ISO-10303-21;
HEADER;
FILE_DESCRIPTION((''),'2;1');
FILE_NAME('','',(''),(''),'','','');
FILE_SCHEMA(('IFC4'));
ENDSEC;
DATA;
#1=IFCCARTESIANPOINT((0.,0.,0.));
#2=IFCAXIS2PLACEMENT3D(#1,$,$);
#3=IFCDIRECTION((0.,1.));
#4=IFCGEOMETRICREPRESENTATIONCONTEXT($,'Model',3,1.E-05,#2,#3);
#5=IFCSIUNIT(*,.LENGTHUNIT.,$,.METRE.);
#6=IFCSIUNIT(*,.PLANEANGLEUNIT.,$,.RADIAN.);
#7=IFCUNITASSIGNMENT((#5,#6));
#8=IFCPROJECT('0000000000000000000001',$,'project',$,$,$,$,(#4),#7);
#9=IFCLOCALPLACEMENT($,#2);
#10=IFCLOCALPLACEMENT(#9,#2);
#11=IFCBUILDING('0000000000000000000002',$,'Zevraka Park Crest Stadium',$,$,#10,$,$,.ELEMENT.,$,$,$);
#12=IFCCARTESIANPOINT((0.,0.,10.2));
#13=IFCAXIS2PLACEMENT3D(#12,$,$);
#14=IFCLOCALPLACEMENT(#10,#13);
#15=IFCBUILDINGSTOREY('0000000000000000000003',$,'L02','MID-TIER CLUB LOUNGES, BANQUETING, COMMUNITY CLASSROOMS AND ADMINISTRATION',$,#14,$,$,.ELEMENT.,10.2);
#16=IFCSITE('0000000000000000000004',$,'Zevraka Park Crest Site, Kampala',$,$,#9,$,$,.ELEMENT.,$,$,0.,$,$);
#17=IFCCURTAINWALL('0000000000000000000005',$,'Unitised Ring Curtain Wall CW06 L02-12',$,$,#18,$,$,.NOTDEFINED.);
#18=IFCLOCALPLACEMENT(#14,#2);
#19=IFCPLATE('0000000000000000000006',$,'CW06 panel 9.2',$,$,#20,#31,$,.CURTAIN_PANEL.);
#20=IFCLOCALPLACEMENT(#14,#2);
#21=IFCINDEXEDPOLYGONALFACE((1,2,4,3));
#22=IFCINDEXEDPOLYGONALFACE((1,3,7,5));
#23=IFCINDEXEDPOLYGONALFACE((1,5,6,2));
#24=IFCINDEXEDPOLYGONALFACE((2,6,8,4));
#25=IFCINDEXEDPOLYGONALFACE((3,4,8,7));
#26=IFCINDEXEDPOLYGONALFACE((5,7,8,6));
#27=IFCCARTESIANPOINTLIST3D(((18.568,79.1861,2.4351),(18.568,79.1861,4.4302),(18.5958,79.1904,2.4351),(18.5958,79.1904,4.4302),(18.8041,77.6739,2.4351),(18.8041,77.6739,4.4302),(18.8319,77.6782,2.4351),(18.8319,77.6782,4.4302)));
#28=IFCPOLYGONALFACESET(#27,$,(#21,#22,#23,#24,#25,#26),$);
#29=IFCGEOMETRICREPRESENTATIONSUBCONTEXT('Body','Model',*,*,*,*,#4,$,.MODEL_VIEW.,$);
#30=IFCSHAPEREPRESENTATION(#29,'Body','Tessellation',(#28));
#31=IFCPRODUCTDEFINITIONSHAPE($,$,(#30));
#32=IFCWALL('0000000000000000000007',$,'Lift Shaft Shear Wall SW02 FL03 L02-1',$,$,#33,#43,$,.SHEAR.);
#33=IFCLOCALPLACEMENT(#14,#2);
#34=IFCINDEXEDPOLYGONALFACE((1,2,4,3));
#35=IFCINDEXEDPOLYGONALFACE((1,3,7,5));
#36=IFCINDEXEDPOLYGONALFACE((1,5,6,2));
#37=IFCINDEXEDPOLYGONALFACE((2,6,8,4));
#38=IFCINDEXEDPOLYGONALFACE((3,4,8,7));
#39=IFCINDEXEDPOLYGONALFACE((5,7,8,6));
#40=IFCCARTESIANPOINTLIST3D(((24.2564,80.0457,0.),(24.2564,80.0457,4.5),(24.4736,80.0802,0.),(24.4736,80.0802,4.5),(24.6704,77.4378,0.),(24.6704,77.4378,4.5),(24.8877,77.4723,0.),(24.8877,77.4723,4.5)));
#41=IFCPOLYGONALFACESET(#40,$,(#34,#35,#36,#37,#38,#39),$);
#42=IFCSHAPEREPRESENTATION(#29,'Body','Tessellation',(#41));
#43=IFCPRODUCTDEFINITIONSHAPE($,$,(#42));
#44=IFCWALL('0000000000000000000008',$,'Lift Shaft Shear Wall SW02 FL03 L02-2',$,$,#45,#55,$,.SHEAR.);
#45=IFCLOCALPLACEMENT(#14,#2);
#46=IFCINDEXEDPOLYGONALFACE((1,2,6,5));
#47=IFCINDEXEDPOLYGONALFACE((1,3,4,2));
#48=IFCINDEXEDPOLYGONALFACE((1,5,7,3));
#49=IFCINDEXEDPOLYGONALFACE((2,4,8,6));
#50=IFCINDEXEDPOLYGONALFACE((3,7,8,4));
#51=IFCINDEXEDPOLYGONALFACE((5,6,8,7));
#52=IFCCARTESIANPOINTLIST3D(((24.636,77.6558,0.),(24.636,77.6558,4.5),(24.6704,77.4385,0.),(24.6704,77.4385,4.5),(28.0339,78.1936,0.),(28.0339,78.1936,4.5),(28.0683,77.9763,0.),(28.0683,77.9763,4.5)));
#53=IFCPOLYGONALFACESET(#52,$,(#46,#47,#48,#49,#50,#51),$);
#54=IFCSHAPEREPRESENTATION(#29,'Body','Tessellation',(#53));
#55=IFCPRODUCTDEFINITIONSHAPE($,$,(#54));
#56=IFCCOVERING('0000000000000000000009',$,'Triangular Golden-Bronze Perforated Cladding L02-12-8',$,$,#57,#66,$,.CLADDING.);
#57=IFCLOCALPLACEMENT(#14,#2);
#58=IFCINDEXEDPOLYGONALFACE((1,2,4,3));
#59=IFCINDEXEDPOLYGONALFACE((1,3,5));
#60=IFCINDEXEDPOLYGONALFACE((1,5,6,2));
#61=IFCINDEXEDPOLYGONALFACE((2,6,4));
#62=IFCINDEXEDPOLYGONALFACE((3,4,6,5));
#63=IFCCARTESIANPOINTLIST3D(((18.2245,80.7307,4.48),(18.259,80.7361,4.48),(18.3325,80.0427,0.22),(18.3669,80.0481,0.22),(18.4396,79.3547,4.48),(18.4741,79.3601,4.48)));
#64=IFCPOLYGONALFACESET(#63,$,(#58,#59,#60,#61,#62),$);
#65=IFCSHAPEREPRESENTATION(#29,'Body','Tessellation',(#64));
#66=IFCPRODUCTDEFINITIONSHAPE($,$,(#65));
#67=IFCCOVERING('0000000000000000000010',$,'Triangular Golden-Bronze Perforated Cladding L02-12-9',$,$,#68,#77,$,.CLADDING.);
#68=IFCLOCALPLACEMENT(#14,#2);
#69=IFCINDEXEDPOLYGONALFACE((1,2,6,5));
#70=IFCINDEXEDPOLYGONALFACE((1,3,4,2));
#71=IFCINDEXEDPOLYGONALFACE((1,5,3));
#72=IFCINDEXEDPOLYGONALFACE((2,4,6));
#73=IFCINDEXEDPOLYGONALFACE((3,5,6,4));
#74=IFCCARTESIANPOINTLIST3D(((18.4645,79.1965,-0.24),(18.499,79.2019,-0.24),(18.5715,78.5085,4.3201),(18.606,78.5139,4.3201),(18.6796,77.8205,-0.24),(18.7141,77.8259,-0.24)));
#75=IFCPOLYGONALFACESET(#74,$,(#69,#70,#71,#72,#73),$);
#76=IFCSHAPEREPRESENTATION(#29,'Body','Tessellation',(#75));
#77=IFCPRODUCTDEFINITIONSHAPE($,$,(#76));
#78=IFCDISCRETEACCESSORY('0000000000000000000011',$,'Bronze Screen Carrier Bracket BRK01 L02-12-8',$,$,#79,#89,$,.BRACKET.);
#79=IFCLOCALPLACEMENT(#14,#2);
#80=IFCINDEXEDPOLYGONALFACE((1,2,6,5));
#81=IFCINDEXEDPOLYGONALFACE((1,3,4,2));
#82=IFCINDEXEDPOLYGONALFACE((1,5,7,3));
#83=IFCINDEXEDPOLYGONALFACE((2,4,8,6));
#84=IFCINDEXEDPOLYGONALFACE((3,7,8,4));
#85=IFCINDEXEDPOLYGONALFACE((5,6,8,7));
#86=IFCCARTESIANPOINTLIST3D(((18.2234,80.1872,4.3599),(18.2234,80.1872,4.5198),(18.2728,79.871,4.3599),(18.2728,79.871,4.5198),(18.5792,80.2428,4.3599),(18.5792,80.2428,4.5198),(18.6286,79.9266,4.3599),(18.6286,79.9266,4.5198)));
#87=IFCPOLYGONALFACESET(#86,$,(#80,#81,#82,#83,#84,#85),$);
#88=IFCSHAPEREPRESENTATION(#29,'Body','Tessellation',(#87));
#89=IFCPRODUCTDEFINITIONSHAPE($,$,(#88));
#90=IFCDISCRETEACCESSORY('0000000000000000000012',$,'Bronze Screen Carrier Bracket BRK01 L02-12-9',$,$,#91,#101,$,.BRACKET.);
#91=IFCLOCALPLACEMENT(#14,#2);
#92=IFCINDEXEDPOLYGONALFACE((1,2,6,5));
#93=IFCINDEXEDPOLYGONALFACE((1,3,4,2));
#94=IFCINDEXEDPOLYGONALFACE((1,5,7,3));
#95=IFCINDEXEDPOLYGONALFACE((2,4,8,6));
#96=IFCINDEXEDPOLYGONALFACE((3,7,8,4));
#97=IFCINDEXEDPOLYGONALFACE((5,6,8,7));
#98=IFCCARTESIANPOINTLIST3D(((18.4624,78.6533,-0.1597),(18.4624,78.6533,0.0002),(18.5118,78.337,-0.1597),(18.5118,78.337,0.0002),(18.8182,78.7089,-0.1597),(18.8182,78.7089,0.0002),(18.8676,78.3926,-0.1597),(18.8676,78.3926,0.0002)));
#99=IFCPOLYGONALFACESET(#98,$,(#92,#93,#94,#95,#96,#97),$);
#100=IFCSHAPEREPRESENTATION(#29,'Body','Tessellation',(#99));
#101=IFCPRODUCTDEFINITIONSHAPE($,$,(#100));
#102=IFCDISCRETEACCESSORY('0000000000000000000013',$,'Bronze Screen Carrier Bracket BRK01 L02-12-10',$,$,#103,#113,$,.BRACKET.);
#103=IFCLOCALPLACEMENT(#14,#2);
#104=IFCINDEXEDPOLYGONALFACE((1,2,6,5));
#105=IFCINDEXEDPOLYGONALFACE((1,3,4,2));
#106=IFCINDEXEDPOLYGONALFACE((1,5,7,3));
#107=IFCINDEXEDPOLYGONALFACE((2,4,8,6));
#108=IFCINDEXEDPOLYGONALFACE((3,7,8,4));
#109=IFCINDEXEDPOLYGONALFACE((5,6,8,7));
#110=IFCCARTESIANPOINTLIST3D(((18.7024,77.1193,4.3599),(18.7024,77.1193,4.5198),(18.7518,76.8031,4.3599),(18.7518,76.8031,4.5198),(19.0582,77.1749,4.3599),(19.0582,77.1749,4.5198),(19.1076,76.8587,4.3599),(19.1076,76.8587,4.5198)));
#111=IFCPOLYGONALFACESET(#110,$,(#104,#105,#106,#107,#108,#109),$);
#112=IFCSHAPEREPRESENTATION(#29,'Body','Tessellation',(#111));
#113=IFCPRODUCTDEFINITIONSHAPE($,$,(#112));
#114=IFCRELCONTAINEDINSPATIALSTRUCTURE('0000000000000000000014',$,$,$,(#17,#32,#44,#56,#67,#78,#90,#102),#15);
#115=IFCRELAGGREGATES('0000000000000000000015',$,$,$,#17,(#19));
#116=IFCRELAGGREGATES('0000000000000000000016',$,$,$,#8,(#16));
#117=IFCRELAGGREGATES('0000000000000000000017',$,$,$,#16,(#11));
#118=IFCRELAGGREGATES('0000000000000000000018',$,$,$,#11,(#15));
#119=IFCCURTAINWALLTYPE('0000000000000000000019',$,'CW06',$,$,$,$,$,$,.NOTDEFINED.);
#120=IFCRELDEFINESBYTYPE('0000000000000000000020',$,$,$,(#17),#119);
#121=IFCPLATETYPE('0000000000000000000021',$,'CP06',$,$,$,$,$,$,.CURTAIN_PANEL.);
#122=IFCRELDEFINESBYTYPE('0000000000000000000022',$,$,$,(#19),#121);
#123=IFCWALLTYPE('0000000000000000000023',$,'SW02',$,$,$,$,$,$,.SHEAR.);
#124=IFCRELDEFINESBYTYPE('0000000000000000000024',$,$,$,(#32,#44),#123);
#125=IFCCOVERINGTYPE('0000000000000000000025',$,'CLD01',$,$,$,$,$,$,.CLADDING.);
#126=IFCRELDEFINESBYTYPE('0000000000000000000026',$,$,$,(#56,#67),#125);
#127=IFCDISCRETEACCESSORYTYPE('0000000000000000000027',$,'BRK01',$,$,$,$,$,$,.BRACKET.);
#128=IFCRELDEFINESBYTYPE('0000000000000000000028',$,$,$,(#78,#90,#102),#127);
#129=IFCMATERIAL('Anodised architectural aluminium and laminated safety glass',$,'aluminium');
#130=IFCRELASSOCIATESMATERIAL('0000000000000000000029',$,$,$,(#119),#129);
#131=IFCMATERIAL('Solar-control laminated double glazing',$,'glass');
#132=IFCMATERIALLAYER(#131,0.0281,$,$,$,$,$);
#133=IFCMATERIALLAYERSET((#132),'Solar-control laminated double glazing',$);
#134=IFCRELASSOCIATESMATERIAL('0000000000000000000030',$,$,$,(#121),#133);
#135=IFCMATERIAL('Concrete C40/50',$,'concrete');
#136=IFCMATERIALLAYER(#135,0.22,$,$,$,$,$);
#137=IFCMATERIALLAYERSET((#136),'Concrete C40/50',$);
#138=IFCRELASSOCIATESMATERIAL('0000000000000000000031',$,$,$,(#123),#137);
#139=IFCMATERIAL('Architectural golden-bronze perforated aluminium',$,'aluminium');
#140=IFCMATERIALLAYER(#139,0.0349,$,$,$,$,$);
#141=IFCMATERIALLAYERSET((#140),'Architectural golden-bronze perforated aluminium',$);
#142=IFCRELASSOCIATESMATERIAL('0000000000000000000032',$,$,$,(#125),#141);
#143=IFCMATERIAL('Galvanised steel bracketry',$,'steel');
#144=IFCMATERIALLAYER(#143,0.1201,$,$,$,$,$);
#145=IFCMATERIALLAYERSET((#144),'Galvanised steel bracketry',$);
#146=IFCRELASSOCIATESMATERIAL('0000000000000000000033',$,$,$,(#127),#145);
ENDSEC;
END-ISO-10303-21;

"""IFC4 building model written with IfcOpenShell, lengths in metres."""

from ifc_helpers import new_model, si_unit, direction, frame, frame_2d, origin, origin_2d, place, context, subcontext, project, spatial, polyline, rectangle, outline, extrude, material, layer, layer_set, type_object, element, aggregate, save


model = new_model("IFC4")

# Units and contexts
model_context = context("Model", 3, precision=1e-05, world=origin(), true_north=direction((0.0, 1.0)))
body_context = subcontext(model_context, "Body", "Model", "MODEL_VIEW")
ifc_project = project(units=[si_unit("LENGTHUNIT", "METRE"), si_unit("PLANEANGLEUNIT", "RADIAN")], contexts=[model_context])

# Site, building, storey
site_placement = place(None, origin())
site = spatial("IfcSite", under=ifc_project, at=site_placement, Name="Zevraka Park Crest Site, Kampala", CompositionType="ELEMENT", RefElevation=0.0)
building_placement = place(site_placement, origin())
building = spatial("IfcBuilding", under=site, at=building_placement, Name="Zevraka Park Crest Stadium", CompositionType="ELEMENT")
storey_placement = place(building_placement, frame((0.0, 0.0, 10.2)))
storey = spatial("IfcBuildingStorey", under=building, at=storey_placement, Name="L02", Description="MID-TIER CLUB LOUNGES, BANQUETING, COMMUNITY CLASSROOMS AND ADMINISTRATION", CompositionType="ELEMENT", Elevation=10.2)

# Curtain wall
ifc_material_1 = material(Name="Anodised architectural aluminium and laminated safety glass", Category="aluminium")
curtain_wall_type = type_object("IfcCurtainWallType", Name="CW06", PredefinedType="NOTDEFINED", material=ifc_material_1)
curtain_wall_placement = place(storey_placement, origin())
curtain_wall = element("IfcCurtainWall", 1, at=curtain_wall_placement, inside=storey, type_object=curtain_wall_type, Name="Unitised Ring Curtain Wall CW06 L02-12", PredefinedType="NOTDEFINED")

# Plate
ifc_material_2 = material(Name="Solar-control laminated double glazing", Category="glass")
ifc_layer_1 = layer(ifc_material_2, 0.0281)
ifc_layer_set_1 = layer_set([ifc_layer_1], Name="Solar-control laminated double glazing")
plate_type = type_object("IfcPlateType", Name="CP06", PredefinedType="CURTAIN_PANEL", material=ifc_layer_set_1)
plate_1_placement = place(storey_placement, frame((18.7, 78.4321, 2.4351), z_axis=(0.0, 0.0, 1.0), x_axis=(0.154274, -0.988028, 0.0)))
plate_1 = element("IfcPlate", 2, at=plate_1_placement, type_object=plate_type, Name="CW06 panel 9.2", PredefinedType="CURTAIN_PANEL", context=body_context, shape_type="SweptSolid", body=[
    extrude(rectangle(XDim=1.5305, YDim=0.0281, at=origin_2d()), origin(), (0.0, 0.0, 1.0), 1.9951),
])
aggregate(curtain_wall, [plate_1])

# Walls
ifc_material_3 = material(Name="Concrete C40/50", Category="concrete")
ifc_layer_2 = layer(ifc_material_3, 0.22)
ifc_layer_set_2 = layer_set([ifc_layer_2], Name="Concrete C40/50")
wall_type = type_object("IfcWallType", Name="SW02", PredefinedType="SHEAR", material=ifc_layer_set_2)
wall_1_placement = place(storey_placement, frame((24.365, 80.063, 0.0), z_axis=(0.0, 0.0, 1.0), x_axis=(0.156808, -0.987629, 0.0)))
element("IfcWall", 3, at=wall_1_placement, inside=storey, type_object=wall_type, Name="Lift Shaft Shear Wall SW02 FL03 L02-1", PredefinedType="SHEAR", context=body_context, shape_type="SweptSolid", body=[
    extrude(rectangle(XDim=2.6406, YDim=0.22, at=frame_2d((1.3203, 0.0))), origin(), (0.0, 0.0, 1.0), 4.5),
])
wall_2_placement = place(storey_placement, frame((24.6531, 77.5471, 0.0), z_axis=(0.0, 0.0, 1.0), x_axis=(0.987704, 0.156338, 0.0)))
element("IfcWall", 4, at=wall_2_placement, inside=storey, type_object=wall_type, Name="Lift Shaft Shear Wall SW02 FL03 L02-2", PredefinedType="SHEAR", context=body_context, shape_type="SweptSolid", body=[
    extrude(rectangle(XDim=3.4402, YDim=0.22, at=frame_2d((1.7202, 0.0))), origin(), (0.0, 0.0, 1.0), 4.5),
])

# Coverings
ifc_material_4 = material(Name="Architectural golden-bronze perforated aluminium", Category="aluminium")
ifc_layer_3 = layer(ifc_material_4, 0.0349)
ifc_layer_set_3 = layer_set([ifc_layer_3], Name="Architectural golden-bronze perforated aluminium")
covering_type = type_object("IfcCoveringType", Name="CLD01", PredefinedType="CLADDING", material=ifc_layer_set_3)
covering_1_placement = place(storey_placement, frame((18.4741, 79.3601, 4.48), z_axis=(0.988002, 0.154441, 0.000085), x_axis=(-0.154441, 0.988002, 0.0)))
element("IfcCovering", 5, at=covering_1_placement, inside=storey, type_object=covering_type, Name="Triangular Golden-Bronze Perforated Cladding L02-12-8", PredefinedType="CLADDING", context=body_context, shape_type="SweptSolid", body=[
    extrude(outline(polyline([(0.0, 0.0), (1.3927, 0.0), (0.6963, -4.26), (0.0, 0.0)])), origin(), (0.0, 0.0, -1.0), 0.0349),
])
covering_2_placement = place(storey_placement, frame((18.499, 79.2019, -0.24), z_axis=(0.988002, 0.154441, 0.000132), x_axis=(0.154441, -0.988002, 0.0)))
element("IfcCovering", 6, at=covering_2_placement, inside=storey, type_object=covering_type, Name="Triangular Golden-Bronze Perforated Cladding L02-12-9", PredefinedType="CLADDING", context=body_context, shape_type="SweptSolid", body=[
    extrude(outline(polyline([(0.0, 0.0), (1.3927, 0.0), (0.6962, -4.5601), (0.0, 0.0)])), origin(), (0.0, 0.0, -1.0), 0.0349),
])

# Discrete accessories
ifc_material_5 = material(Name="Galvanised steel bracketry", Category="steel")
ifc_layer_4 = layer(ifc_material_5, 0.1201)
ifc_layer_set_4 = layer_set([ifc_layer_4], Name="Galvanised steel bracketry")
discrete_accessory_type = type_object("IfcDiscreteAccessoryType", Name="BRK01", PredefinedType="BRACKET", material=ifc_layer_set_4)
for number, where, z_axis, x_axis, name in (
    (7, (18.426, 80.0569, 4.3599), (0.0, 0.0, 1.0), (0.154366, -0.988014, 0.0), "Bronze Screen Carrier Bracket BRK01 L02-12-8"),
    (8, (18.665, 78.5229, -0.1597), (0.0, 0.0, 1.0), (0.154366, -0.988014, 0.0), "Bronze Screen Carrier Bracket BRK01 L02-12-9"),
    (9, (18.905, 76.989, 4.3599), (0.0, 0.0, 1.0), (0.154366, -0.988014, 0.0), "Bronze Screen Carrier Bracket BRK01 L02-12-10"),
):
    element("IfcDiscreteAccessory", number, at=place(storey_placement, frame(where, z_axis=z_axis, x_axis=x_axis)), inside=storey, type_object=discrete_accessory_type, Name=name, PredefinedType="BRACKET", context=body_context, shape_type="SweptSolid", body=[
        extrude(rectangle(XDim=0.3201, YDim=0.3601, at=origin_2d()), origin(), (0.0, 0.0, 1.0), 0.1599),
    ])

save(model, "model.ifc")
